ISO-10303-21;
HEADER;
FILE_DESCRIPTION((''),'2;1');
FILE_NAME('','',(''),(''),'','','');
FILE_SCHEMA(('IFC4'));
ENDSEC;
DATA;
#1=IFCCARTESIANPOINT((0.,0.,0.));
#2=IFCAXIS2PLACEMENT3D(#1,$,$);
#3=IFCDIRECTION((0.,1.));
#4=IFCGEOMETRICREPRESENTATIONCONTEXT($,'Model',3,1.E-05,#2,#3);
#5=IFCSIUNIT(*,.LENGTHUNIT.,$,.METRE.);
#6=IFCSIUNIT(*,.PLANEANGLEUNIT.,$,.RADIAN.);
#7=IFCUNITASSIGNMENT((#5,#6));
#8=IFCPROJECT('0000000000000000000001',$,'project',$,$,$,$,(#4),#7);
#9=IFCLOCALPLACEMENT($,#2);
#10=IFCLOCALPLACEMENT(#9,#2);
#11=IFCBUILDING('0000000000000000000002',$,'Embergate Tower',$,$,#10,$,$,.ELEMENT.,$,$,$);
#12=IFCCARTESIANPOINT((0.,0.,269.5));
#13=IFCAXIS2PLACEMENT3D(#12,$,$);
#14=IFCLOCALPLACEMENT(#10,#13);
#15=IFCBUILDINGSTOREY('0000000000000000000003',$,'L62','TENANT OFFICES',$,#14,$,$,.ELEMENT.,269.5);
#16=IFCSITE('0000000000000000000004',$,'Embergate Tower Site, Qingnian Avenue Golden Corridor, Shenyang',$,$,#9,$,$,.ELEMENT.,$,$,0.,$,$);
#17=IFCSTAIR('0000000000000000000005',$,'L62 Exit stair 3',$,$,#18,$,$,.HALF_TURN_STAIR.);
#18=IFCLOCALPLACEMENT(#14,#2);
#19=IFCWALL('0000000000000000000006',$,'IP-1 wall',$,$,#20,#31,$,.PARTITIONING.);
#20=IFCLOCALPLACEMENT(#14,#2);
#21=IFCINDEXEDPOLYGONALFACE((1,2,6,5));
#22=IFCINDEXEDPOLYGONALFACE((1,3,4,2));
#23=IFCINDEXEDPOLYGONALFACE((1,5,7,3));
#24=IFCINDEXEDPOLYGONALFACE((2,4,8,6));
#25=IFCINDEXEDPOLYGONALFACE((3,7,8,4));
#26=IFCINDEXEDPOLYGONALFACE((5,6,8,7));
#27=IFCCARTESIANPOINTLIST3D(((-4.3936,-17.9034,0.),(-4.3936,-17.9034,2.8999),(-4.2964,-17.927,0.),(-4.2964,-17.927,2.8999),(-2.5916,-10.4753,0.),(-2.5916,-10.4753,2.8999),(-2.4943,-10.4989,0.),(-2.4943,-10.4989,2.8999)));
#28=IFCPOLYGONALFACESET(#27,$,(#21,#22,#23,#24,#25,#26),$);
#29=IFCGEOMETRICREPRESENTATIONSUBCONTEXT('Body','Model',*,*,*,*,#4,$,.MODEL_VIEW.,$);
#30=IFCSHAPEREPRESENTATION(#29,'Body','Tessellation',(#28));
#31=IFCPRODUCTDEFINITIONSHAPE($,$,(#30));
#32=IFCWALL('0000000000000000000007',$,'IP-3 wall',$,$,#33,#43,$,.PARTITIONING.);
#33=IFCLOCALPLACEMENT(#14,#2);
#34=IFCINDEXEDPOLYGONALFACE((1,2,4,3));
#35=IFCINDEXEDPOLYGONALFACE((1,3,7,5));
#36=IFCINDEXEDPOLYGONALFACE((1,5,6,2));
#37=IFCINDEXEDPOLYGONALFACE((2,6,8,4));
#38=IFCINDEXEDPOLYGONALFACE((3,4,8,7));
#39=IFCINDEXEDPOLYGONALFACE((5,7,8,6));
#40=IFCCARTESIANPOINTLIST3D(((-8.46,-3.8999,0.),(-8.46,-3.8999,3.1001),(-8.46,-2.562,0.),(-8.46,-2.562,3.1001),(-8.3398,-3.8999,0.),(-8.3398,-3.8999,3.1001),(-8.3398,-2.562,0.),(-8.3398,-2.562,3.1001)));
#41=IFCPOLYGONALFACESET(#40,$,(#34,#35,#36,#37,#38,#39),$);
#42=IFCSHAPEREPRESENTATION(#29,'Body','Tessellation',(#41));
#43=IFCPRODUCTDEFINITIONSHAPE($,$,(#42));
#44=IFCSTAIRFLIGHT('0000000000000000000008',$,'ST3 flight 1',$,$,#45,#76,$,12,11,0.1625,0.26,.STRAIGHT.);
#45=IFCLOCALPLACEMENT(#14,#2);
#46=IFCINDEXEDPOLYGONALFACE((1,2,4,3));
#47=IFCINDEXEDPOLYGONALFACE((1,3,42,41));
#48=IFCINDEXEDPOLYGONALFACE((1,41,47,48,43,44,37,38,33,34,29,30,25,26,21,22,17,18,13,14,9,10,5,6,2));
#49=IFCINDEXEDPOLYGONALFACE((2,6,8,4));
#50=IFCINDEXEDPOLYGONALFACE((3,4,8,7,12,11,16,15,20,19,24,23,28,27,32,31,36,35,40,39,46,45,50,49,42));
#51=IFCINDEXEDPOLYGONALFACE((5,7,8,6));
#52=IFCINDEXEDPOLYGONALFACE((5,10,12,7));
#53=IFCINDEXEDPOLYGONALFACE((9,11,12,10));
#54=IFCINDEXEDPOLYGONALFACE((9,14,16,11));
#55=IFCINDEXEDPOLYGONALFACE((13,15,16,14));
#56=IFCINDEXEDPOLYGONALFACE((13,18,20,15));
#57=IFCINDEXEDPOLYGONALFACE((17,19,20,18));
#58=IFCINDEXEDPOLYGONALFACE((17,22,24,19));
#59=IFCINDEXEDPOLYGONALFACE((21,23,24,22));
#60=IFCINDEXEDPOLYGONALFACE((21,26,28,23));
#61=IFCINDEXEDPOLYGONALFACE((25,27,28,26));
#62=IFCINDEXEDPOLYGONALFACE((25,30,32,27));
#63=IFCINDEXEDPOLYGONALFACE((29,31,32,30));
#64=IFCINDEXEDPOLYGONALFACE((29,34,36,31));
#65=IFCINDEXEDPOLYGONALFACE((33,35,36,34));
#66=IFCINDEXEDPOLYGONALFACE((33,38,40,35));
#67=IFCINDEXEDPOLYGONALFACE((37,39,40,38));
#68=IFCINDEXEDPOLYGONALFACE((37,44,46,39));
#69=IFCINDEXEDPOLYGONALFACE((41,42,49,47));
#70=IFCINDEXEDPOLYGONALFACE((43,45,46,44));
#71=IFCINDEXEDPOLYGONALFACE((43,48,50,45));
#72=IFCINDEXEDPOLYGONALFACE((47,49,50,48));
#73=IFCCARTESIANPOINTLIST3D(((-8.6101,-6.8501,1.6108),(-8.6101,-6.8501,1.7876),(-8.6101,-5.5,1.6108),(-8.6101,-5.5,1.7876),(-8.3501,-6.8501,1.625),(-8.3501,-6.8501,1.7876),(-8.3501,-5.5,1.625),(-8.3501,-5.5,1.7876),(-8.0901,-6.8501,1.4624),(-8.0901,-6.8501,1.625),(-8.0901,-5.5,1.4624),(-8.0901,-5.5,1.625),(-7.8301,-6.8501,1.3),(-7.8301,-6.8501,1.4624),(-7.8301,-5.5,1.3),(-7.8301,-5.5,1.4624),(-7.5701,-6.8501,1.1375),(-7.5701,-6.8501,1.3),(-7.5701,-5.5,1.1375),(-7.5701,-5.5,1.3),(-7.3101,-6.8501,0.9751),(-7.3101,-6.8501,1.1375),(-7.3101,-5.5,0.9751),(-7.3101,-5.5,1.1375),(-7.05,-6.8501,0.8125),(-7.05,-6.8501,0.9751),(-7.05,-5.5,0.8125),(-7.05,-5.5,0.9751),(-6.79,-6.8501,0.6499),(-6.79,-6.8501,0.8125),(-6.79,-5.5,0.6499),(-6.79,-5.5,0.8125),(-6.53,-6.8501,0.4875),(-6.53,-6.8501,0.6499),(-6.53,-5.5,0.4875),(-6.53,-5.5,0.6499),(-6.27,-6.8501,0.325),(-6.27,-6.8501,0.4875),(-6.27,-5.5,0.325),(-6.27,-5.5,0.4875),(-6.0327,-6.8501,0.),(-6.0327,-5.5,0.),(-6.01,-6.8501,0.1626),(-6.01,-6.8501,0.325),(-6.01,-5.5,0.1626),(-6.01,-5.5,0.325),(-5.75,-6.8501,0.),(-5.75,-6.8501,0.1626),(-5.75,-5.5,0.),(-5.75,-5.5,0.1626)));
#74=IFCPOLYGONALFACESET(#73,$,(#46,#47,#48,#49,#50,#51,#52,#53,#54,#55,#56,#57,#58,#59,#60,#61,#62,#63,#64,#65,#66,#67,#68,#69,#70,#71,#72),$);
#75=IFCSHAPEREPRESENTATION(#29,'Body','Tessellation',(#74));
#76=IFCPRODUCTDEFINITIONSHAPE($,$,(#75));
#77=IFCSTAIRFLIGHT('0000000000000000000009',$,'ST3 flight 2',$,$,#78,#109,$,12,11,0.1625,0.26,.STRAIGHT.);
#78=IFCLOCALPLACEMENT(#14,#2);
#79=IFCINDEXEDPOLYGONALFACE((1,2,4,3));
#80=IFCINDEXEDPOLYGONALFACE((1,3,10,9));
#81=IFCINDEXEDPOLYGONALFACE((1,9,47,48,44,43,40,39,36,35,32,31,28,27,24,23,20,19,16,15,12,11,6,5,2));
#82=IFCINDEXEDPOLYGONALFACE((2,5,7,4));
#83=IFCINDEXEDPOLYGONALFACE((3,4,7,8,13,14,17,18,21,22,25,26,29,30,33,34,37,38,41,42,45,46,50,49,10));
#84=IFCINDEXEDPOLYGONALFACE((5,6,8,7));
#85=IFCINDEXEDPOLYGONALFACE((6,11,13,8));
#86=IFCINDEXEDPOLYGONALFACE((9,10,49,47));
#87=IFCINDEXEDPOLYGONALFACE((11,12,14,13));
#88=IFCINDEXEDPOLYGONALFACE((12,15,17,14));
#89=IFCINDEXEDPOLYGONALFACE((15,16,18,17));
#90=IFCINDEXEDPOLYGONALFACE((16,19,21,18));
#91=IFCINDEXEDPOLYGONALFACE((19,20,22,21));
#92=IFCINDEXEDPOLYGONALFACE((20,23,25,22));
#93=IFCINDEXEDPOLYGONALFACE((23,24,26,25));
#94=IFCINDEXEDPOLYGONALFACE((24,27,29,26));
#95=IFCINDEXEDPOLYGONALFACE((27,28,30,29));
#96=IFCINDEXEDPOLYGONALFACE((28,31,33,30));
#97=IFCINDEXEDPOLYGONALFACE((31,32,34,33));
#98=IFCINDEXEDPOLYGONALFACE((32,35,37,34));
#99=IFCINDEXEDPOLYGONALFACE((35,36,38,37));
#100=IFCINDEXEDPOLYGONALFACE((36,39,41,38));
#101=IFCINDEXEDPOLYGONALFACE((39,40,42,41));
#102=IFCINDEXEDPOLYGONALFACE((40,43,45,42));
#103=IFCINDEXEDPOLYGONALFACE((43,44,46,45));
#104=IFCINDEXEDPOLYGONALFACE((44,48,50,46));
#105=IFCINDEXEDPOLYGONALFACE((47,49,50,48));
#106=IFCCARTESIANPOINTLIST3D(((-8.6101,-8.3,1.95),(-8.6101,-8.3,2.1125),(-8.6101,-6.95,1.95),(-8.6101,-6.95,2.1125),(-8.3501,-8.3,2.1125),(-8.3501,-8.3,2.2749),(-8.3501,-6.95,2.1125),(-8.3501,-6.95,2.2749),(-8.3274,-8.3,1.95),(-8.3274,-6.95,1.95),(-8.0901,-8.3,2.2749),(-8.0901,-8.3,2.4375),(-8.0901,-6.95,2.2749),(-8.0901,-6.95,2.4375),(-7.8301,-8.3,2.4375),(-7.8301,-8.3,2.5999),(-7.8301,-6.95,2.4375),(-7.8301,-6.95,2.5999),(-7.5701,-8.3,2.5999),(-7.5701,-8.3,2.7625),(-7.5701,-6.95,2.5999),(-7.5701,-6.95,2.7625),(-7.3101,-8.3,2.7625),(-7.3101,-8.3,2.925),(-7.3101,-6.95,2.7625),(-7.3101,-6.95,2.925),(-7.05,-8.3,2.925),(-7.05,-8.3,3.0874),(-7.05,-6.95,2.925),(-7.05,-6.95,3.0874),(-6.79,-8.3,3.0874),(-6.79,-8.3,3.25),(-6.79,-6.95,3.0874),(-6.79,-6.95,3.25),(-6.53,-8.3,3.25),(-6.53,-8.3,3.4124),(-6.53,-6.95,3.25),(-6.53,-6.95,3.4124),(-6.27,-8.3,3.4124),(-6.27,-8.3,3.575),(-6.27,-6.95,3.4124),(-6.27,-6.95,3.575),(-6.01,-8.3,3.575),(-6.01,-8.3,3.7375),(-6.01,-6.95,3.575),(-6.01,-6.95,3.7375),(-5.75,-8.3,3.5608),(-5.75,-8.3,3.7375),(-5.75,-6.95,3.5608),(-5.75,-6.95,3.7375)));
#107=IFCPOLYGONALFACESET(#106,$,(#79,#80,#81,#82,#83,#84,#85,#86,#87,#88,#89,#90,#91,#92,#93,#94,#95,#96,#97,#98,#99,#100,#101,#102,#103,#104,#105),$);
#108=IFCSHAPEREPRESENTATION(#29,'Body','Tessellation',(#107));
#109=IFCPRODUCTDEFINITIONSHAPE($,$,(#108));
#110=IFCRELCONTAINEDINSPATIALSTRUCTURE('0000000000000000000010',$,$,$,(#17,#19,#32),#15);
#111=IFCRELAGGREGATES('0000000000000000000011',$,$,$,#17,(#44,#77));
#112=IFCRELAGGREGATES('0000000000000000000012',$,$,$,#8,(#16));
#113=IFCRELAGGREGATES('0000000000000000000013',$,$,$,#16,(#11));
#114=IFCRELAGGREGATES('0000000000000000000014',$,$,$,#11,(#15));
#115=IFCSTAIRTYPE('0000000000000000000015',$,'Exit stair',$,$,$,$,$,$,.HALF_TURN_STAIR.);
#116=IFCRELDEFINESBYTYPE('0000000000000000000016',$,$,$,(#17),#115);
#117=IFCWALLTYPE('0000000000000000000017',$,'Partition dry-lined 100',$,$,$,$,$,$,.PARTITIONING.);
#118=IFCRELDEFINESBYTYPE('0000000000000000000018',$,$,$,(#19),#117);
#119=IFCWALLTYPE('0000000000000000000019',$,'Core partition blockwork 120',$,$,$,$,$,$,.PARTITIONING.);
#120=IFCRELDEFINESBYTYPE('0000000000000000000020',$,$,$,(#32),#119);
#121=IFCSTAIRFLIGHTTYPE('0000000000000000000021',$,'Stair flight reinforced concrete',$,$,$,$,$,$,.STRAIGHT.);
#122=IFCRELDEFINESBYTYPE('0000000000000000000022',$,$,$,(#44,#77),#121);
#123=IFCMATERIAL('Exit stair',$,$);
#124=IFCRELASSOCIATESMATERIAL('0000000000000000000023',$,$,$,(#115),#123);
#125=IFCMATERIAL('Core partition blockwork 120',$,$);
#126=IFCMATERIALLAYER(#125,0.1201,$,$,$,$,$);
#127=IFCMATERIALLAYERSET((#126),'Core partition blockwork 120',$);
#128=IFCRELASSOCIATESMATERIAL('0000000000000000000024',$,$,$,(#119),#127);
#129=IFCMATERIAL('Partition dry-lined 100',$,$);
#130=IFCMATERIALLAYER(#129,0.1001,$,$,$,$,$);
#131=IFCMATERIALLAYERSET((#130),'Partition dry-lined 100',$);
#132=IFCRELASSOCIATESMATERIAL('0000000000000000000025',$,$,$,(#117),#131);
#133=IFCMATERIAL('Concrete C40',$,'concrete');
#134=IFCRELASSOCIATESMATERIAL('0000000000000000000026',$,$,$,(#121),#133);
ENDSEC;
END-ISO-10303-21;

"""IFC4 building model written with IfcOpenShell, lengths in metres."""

from ifc_helpers import new_model, si_unit, direction, frame, frame_2d, origin, place, context, subcontext, project, spatial, polyline, rectangle, outline, extrude, source, transform, mapped, material, layer, layer_set, type_object, element, aggregate, save


model = new_model("IFC4")

# Units and contexts
model_context = context("Model", 3, precision=1e-05, world=origin(), true_north=direction((0.0, 1.0)))
body_context = subcontext(model_context, "Body", "Model", "MODEL_VIEW")
ifc_project = project(units=[si_unit("LENGTHUNIT", "METRE"), si_unit("PLANEANGLEUNIT", "RADIAN")], contexts=[model_context])

# Site, building, storey
site_placement = place(None, origin())
site = spatial("IfcSite", under=ifc_project, at=site_placement, Name="Embergate Tower Site, Qingnian Avenue Golden Corridor, Shenyang", CompositionType="ELEMENT", RefElevation=0.0)
building_placement = place(site_placement, origin())
building = spatial("IfcBuilding", under=site, at=building_placement, Name="Embergate Tower", CompositionType="ELEMENT")
storey_placement = place(building_placement, frame((0.0, 0.0, 269.5)))
storey = spatial("IfcBuildingStorey", under=building, at=storey_placement, Name="L62", Description="TENANT OFFICES", CompositionType="ELEMENT", Elevation=269.5)

# Stair
ifc_material_1 = material(Name="Exit stair")
stair_type = type_object("IfcStairType", Name="Exit stair", PredefinedType="HALF_TURN_STAIR", material=ifc_material_1)
stair_placement = place(storey_placement, origin())
stair = element("IfcStair", 1, at=stair_placement, inside=storey, type_object=stair_type, Name="L62 Exit stair 3", PredefinedType="HALF_TURN_STAIR")
ifc_material_2 = material(Name="Concrete C40", Category="concrete")

# Shared definitions
ifc_material_3 = material(Name="Core partition blockwork 120")
ifc_layer_1 = layer(ifc_material_3, 0.1201)
ifc_layer_set_1 = layer_set([ifc_layer_1], Name="Core partition blockwork 120")
wall_type_1 = type_object("IfcWallType", Name="Core partition blockwork 120", PredefinedType="PARTITIONING", material=ifc_layer_set_1)

# Walls
ifc_material_4 = material(Name="Partition dry-lined 100")
ifc_layer_2 = layer(ifc_material_4, 0.1001)
ifc_layer_set_2 = layer_set([ifc_layer_2], Name="Partition dry-lined 100")
wall_type_2 = type_object("IfcWallType", Name="Partition dry-lined 100", PredefinedType="PARTITIONING", material=ifc_layer_set_2)
shared_shape_1 = source(origin(), body_context, "Body", "SweptSolid", [
    extrude(rectangle(XDim=7.6436, YDim=0.1001, at=frame_2d((3.8218, 0.0))), origin(), (0.0, 0.0, 1.0), 2.8999),
])
wall_1_placement = place(storey_placement, frame((-2.543, -10.4871, 0.0), z_axis=(0.0, 0.0, 1.0), x_axis=(-0.235758, -0.971812, 0.0)))
element("IfcWall", 2, at=wall_1_placement, inside=storey, type_object=wall_type_2, Name="IP-1 wall", PredefinedType="PARTITIONING", context=body_context, shape_type="MappedRepresentation", body=[
    mapped(shared_shape_1, transform((0.0, 0.0, 0.0))),
])
shared_shape_2 = source(origin(), body_context, "Body", "SweptSolid", [
    extrude(rectangle(XDim=1.3379, YDim=0.1201, at=frame_2d((0.6689, 0.0))), origin(), (0.0, 0.0, 1.0), 3.1001),
])
wall_2_placement = place(storey_placement, frame((-8.3999, -3.8999, 0.0), z_axis=(0.0, 0.0, 1.0), x_axis=(0.0, 1.0, 0.0)))
element("IfcWall", 3, at=wall_2_placement, inside=storey, type_object=wall_type_1, Name="IP-3 wall", PredefinedType="PARTITIONING", context=body_context, shape_type="MappedRepresentation", body=[
    mapped(shared_shape_2, transform((0.0, 0.0, 0.0))),
])

# Stair flights
stair_flight_type = type_object("IfcStairFlightType", Name="Stair flight reinforced concrete", PredefinedType="STRAIGHT", material=ifc_material_2)
shared_shape_3 = source(origin(), body_context, "Body", "SweptSolid", [
    extrude(outline(polyline([(0.0, 0.0), (0.0, 0.1626), (0.26, 0.1626), (0.26, 0.325), (0.52, 0.325), (0.52, 0.4875), (0.78, 0.4875), (0.78, 0.6499), (1.04, 0.6499), (1.04, 0.8125), (1.3, 0.8125), (1.3, 0.9751), (1.5601, 0.9751), (1.5601, 1.1375), (1.8201, 1.1375), (1.8201, 1.3), (2.0801, 1.3), (2.0801, 1.4624), (2.3401, 1.4624), (2.3401, 1.625), (2.6001, 1.625), (2.6001, 1.7876), (2.8601, 1.7876), (2.8601, 1.95), (2.8601, 1.6108), (0.2827, 0.0), (0.0, 0.0)])), frame((0.0, 0.675, 0.0), z_axis=(0.0, -1.0, 0.0), x_axis=(1.0, 0.0, 0.0)), (0.0, 0.0, 1.0), 1.3501),
])
stair_flight_1_placement = place(storey_placement, frame((-5.75, -6.175, 0.0), z_axis=(0.0, 0.0, 1.0), x_axis=(-1.0, 0.0, 0.0)))
stair_flight_1 = element("IfcStairFlight", 4, at=stair_flight_1_placement, type_object=stair_flight_type, Name="ST3 flight 1", NumberOfRisers=12, NumberOfTreads=11, PredefinedType="STRAIGHT", RiserHeight=0.1625, TreadLength=0.26, context=body_context, shape_type="MappedRepresentation", body=[
    mapped(shared_shape_3, transform((0.0, 0.0, 0.0))),
])
stair_flight_2_placement = place(storey_placement, frame((-8.6101, -7.625, 1.95), z_axis=(0.0, 0.0, 1.0), x_axis=(1.0, 0.0, 0.0)))
stair_flight_2 = element("IfcStairFlight", 5, at=stair_flight_2_placement, type_object=stair_flight_type, Name="ST3 flight 2", NumberOfRisers=12, NumberOfTreads=11, PredefinedType="STRAIGHT", RiserHeight=0.1625, TreadLength=0.26, context=body_context, shape_type="MappedRepresentation", body=[
    mapped(shared_shape_3, transform((0.0, 0.0, 0.0))),
])
aggregate(stair, [stair_flight_1, stair_flight_2])

save(model, "model.ifc")
